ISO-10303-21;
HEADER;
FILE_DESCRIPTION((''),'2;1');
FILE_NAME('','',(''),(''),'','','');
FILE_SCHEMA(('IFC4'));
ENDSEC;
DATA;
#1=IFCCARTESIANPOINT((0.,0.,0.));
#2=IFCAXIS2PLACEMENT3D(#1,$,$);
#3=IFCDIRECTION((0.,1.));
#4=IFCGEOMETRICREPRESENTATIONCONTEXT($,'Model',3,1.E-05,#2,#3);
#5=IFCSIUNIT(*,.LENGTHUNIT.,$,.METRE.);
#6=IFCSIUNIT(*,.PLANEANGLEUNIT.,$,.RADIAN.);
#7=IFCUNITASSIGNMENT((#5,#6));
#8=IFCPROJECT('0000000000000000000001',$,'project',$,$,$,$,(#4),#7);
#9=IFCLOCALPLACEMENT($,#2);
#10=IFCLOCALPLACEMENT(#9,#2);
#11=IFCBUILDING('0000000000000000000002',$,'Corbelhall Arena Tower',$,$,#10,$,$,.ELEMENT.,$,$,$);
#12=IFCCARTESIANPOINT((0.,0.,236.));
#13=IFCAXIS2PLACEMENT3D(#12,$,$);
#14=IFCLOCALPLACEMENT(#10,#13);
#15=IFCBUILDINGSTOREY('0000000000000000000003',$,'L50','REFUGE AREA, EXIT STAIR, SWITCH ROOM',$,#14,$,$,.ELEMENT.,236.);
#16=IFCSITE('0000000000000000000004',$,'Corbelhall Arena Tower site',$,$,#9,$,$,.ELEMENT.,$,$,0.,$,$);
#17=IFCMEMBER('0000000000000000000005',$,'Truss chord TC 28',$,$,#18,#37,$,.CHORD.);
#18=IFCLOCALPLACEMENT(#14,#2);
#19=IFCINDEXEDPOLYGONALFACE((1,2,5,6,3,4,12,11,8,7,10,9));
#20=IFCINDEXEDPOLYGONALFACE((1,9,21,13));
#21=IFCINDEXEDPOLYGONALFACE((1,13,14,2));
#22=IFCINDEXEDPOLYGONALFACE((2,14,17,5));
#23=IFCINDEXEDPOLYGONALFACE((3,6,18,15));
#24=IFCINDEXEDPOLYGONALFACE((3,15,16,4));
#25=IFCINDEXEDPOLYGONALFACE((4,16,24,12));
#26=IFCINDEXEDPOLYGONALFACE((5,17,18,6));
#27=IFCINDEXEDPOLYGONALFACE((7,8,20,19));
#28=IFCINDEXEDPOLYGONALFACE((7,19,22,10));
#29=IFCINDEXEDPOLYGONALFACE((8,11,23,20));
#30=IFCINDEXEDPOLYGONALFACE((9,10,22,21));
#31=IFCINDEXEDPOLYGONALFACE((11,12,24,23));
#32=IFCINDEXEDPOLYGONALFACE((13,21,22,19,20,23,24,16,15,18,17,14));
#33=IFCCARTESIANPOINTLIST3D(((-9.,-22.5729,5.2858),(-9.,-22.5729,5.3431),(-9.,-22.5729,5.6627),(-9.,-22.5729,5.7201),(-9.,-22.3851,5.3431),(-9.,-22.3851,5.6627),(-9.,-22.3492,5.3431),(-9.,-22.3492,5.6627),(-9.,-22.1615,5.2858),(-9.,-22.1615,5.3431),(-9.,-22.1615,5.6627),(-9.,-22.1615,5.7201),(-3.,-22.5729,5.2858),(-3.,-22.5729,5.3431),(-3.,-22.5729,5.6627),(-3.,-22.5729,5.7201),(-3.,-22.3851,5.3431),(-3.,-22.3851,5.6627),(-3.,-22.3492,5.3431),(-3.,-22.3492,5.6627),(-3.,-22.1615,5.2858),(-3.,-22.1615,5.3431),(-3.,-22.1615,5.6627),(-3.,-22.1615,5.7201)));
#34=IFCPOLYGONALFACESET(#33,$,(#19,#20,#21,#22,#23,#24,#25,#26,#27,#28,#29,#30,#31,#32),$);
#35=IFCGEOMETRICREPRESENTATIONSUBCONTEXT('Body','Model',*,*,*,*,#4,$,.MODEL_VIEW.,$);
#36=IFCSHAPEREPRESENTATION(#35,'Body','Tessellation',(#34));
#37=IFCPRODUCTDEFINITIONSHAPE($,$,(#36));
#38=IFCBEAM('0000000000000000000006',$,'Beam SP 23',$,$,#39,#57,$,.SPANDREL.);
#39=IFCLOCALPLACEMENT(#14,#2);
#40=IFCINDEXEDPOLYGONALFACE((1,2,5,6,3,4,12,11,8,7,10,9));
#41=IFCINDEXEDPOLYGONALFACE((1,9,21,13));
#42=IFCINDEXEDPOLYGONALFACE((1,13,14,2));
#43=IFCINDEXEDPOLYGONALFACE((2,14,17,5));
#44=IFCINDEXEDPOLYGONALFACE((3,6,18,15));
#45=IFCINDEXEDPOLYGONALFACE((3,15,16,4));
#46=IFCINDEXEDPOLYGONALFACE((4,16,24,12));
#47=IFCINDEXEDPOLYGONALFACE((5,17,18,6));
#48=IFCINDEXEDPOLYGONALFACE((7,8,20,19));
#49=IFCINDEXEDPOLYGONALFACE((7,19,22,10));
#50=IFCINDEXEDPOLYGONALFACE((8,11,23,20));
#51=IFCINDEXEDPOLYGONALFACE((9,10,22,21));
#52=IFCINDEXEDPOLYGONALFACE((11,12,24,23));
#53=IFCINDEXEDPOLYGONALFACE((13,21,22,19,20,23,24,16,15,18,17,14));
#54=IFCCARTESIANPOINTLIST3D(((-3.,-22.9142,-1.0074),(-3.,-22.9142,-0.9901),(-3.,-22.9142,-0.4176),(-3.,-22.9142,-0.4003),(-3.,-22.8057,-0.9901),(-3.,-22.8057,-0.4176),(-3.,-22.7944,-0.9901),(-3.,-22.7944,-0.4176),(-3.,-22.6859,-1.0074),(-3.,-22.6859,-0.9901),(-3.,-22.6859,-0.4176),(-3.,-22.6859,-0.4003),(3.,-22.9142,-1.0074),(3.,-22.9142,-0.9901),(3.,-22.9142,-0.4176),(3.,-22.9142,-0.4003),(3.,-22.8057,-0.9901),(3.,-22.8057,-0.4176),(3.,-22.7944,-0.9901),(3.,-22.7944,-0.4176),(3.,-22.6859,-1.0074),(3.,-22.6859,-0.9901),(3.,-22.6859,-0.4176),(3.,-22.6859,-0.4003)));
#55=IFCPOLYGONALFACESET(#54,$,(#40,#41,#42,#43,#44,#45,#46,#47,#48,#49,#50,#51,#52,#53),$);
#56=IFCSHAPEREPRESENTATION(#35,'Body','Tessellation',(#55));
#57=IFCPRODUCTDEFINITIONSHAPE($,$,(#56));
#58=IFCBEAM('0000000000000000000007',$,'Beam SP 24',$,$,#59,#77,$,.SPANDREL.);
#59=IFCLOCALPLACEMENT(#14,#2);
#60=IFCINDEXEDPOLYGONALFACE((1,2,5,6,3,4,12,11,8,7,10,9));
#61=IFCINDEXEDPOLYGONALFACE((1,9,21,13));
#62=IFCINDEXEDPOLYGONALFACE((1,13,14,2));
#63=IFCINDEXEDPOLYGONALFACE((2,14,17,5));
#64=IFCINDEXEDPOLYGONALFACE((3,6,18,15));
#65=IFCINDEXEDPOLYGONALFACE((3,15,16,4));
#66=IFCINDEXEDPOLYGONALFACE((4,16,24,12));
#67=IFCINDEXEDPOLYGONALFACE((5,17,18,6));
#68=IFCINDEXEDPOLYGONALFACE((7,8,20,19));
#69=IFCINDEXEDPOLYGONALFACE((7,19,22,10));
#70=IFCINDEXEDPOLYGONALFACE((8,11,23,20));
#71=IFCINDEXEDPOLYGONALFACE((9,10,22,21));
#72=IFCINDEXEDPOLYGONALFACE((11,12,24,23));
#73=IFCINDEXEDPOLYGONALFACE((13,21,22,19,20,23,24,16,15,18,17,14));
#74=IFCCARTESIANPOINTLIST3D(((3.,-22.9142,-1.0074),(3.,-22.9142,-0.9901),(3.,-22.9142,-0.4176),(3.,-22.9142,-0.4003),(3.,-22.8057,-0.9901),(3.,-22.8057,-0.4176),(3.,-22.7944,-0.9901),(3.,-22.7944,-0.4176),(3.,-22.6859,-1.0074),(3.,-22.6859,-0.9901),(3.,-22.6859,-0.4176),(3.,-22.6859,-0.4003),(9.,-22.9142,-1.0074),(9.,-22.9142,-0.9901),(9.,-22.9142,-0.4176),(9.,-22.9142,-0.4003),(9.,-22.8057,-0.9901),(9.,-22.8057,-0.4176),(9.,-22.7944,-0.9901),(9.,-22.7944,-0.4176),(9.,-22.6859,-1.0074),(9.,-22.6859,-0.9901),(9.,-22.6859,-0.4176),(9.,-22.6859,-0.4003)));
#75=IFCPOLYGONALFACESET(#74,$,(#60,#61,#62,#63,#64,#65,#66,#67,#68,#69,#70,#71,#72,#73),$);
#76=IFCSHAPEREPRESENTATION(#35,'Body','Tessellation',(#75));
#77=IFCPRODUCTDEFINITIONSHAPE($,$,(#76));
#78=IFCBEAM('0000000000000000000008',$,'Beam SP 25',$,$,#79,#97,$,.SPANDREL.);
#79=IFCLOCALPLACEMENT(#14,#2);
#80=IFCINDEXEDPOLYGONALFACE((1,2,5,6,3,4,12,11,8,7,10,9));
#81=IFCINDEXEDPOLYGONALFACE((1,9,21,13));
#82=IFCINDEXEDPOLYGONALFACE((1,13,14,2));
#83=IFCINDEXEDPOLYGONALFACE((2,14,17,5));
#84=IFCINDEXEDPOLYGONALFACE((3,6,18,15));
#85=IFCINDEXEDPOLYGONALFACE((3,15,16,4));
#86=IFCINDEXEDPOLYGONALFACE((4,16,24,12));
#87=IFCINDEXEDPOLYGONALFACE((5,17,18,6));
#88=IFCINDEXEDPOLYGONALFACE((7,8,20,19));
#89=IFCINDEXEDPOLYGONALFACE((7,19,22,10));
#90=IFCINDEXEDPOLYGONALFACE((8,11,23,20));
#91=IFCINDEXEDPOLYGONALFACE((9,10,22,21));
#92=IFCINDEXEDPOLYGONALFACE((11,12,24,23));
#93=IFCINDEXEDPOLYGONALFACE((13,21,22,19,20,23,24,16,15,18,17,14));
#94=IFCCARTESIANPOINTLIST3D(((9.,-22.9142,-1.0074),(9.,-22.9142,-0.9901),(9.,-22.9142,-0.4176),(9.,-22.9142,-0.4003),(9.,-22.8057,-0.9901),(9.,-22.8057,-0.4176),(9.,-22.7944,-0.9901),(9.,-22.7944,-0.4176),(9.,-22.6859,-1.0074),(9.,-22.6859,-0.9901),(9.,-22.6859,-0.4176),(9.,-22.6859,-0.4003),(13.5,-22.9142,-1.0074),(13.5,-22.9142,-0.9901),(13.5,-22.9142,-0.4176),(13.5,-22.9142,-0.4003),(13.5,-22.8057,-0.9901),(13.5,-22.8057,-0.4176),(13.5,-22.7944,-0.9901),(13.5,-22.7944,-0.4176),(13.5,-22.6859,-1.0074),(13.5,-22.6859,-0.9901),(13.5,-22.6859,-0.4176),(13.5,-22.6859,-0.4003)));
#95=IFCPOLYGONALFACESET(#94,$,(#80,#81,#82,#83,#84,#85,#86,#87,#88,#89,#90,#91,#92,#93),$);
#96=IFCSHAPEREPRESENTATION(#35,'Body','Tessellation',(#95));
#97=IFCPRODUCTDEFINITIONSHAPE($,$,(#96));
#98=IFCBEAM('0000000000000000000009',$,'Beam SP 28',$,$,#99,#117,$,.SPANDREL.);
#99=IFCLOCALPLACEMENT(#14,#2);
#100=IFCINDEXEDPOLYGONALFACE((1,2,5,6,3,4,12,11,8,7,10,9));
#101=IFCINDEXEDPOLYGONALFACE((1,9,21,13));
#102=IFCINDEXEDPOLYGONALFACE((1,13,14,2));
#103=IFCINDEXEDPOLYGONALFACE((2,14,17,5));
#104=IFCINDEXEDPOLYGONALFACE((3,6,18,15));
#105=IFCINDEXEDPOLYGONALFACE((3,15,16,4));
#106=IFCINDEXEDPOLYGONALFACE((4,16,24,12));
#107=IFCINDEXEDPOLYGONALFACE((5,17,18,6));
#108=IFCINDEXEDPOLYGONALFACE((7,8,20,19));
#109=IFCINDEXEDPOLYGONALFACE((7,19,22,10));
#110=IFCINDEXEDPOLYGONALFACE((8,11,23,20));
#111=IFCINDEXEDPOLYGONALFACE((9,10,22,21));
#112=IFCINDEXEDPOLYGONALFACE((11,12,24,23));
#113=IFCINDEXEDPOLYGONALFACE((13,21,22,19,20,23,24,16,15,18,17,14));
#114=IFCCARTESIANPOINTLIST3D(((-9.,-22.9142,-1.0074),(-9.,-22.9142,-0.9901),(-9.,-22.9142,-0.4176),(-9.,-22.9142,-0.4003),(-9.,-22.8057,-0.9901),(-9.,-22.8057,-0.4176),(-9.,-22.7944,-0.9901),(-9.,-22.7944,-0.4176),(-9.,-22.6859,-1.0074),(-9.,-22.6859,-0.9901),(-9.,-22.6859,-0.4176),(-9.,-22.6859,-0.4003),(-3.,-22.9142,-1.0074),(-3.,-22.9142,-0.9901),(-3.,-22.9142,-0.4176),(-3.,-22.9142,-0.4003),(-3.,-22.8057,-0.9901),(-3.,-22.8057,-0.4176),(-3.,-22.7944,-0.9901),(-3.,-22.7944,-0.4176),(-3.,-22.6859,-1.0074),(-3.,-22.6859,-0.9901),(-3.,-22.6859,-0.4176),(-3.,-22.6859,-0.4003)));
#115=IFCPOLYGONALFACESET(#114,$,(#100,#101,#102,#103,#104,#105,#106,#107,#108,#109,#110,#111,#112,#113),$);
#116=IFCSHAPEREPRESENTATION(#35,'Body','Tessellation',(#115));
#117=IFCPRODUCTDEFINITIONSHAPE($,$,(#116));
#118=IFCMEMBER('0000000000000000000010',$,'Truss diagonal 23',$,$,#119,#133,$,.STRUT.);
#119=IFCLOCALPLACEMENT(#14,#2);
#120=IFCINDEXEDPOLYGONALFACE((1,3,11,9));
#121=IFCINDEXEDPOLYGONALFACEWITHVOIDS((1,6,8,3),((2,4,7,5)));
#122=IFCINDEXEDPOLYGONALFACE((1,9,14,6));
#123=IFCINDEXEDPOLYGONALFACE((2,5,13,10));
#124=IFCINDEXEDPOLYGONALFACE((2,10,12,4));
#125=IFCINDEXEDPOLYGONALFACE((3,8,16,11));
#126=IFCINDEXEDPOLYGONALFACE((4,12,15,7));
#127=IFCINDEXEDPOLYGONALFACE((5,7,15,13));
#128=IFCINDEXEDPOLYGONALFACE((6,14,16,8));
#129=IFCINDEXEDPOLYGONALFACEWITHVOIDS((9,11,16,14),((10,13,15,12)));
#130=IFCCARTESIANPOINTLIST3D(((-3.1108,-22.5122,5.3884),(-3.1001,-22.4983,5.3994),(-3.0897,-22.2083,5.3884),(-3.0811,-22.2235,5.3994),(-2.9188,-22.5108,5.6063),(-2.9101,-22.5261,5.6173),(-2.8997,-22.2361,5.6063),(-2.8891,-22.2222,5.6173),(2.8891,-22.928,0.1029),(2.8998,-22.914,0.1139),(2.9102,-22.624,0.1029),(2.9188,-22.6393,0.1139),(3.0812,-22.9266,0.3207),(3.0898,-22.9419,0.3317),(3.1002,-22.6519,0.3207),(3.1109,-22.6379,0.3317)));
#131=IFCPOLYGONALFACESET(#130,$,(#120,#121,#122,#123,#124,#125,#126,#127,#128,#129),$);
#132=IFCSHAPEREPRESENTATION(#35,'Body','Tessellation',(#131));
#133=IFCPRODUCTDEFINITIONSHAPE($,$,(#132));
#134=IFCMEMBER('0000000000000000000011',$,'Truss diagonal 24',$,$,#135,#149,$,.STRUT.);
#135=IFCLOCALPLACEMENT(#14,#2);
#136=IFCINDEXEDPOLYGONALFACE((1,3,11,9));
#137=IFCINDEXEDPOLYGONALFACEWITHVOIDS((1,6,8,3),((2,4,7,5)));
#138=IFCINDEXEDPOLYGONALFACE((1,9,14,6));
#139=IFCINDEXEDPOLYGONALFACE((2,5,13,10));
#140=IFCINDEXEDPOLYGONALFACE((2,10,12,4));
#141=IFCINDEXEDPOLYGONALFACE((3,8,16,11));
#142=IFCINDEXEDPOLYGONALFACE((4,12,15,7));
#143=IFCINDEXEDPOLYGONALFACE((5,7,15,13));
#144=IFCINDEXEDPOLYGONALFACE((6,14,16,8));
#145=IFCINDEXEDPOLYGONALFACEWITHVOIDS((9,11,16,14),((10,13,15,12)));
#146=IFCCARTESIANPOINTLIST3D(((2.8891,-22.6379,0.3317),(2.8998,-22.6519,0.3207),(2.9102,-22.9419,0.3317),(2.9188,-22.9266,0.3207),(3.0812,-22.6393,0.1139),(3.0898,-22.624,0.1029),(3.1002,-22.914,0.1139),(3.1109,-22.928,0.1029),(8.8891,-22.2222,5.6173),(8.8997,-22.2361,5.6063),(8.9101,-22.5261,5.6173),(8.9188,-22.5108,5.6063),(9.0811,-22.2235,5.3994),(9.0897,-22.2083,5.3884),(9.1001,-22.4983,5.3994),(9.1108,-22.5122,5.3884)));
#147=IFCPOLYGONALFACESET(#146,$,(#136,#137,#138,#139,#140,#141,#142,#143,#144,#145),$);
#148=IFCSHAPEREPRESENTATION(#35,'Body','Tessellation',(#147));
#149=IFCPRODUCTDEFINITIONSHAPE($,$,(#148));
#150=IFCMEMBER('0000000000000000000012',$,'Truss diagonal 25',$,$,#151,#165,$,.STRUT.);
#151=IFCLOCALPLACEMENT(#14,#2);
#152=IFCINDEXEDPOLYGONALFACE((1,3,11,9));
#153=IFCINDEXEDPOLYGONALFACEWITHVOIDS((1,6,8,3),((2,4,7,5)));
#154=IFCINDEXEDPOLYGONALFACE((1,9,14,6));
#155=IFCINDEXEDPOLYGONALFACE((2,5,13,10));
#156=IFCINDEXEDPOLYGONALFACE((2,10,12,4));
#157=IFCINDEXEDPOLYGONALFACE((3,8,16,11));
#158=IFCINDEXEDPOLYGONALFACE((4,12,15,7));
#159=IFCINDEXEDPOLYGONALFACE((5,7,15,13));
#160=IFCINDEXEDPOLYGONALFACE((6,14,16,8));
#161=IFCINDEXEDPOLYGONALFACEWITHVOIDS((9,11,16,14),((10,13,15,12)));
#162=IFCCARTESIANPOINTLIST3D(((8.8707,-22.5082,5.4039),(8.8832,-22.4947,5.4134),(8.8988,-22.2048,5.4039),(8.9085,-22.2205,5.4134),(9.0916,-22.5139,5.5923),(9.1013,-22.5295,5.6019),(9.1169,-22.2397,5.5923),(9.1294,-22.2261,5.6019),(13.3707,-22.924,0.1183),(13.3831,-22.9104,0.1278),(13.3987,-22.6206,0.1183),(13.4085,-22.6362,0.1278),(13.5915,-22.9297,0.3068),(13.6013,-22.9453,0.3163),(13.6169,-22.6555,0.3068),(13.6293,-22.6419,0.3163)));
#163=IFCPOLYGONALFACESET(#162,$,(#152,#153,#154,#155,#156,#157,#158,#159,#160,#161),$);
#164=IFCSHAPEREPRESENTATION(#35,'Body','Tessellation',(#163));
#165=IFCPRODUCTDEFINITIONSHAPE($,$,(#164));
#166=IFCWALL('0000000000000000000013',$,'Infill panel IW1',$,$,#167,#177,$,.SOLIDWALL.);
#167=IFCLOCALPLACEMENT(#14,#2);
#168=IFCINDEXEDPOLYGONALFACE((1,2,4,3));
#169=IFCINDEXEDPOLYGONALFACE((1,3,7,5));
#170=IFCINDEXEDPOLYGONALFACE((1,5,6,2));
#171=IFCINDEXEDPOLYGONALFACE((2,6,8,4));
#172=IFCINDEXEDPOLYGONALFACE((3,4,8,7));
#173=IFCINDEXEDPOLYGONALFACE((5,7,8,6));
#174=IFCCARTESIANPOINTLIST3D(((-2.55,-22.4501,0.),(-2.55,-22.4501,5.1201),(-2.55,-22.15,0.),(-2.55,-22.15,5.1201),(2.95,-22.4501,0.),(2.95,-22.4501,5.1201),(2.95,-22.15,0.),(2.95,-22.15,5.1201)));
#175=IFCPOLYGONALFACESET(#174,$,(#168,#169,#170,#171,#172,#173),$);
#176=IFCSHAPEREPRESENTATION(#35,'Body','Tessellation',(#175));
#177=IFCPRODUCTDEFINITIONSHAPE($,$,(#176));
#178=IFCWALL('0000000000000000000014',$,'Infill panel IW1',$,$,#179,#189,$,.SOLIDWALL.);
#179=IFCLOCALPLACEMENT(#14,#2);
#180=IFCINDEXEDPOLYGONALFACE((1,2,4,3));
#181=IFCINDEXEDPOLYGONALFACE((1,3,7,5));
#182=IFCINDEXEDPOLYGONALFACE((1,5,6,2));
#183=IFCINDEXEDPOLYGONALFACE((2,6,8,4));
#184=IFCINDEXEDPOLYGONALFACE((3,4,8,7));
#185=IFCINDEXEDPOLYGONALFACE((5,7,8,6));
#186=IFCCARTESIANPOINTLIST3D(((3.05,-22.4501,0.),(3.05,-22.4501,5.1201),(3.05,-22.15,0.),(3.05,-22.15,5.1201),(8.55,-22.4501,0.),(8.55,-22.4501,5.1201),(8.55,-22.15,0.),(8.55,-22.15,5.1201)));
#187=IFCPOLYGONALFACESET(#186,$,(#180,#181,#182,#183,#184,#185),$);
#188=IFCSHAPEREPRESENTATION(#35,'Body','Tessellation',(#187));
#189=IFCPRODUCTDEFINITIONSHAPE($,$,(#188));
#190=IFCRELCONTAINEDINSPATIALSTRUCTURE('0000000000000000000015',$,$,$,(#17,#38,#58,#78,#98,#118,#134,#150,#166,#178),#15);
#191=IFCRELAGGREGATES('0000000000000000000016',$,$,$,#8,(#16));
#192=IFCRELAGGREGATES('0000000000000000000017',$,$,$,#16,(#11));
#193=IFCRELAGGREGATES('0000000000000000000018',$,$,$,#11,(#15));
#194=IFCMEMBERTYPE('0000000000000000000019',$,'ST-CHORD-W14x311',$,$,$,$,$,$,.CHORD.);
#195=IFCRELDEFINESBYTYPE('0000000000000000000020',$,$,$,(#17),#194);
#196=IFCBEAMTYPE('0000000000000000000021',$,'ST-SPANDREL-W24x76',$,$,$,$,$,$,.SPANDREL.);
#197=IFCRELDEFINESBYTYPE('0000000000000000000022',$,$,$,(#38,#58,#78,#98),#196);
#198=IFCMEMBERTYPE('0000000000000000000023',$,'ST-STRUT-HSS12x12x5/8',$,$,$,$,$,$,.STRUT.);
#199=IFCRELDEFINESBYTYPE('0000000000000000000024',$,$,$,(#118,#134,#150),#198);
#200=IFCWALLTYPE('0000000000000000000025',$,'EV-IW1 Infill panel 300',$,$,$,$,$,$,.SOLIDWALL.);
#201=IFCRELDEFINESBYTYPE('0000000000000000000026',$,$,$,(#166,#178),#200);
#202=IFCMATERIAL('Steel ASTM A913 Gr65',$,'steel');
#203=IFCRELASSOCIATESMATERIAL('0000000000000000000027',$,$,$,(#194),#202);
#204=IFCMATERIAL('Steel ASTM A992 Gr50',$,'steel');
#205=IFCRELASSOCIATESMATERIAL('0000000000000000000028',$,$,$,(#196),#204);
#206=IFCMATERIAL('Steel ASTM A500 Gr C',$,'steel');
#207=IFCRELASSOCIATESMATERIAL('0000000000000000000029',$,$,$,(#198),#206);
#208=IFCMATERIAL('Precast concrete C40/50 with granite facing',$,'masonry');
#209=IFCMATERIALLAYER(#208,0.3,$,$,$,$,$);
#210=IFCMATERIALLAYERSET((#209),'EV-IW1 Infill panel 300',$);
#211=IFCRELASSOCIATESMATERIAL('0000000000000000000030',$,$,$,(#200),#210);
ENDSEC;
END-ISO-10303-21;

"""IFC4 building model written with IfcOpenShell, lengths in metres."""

from ifc_helpers import new_model, si_unit, direction, frame, frame_2d, origin, origin_2d, place, context, subcontext, project, spatial, rectangle, hollow_rectangle, i_section, extrude, material, layer, layer_set, material_profile, profile_set, type_object, element, save


model = new_model("IFC4")

# Units and contexts
model_context = context("Model", 3, precision=1e-05, world=origin(), true_north=direction((0.0, 1.0)))
body_context = subcontext(model_context, "Body", "Model", "MODEL_VIEW")
ifc_project = project(units=[si_unit("LENGTHUNIT", "METRE"), si_unit("PLANEANGLEUNIT", "RADIAN")], contexts=[model_context])

# Site, building, storey
site_placement = place(None, origin())
site = spatial("IfcSite", under=ifc_project, at=site_placement, Name="Corbelhall Arena Tower site", CompositionType="ELEMENT", RefElevation=0.0)
building_placement = place(site_placement, origin())
building = spatial("IfcBuilding", under=site, at=building_placement, Name="Corbelhall Arena Tower", CompositionType="ELEMENT")
storey_placement = place(building_placement, frame((0.0, 0.0, 236.0)))
storey = spatial("IfcBuildingStorey", under=building, at=storey_placement, Name="L50", Description="REFUGE AREA, EXIT STAIR, SWITCH ROOM", CompositionType="ELEMENT", Elevation=236.0)

# Member
ifc_material_1 = material(Name="Steel ASTM A913 Gr65", Category="steel")
ifc_material_profile_1 = material_profile(ifc_material_1, i_section(OverallWidth=0.4114, OverallDepth=0.4343, WebThickness=0.0359, FlangeThickness=0.0574, at=origin_2d()))
ifc_profile_set_1 = profile_set([ifc_material_profile_1], Name="Steel ASTM A913 Gr65")
member_type_1 = type_object("IfcMemberType", Name="ST-CHORD-W14x311", PredefinedType="CHORD", material=ifc_profile_set_1)
for number, where, z_axis, x_axis, name in (
    (1, (-3.0, -22.3672, 5.5029), (-1.0, 0.0, 0.0), (0.0, -1.0, 0.0), "Truss chord TC 28"),
):
    element("IfcMember", number, at=place(storey_placement, frame(where, z_axis=z_axis, x_axis=x_axis)), inside=storey, type_object=member_type_1, Name=name, PredefinedType="CHORD", context=body_context, shape_type="SweptSolid", body=[
        extrude(i_section(OverallWidth=0.4114, OverallDepth=0.4343, WebThickness=0.0359, FlangeThickness=0.0574, at=origin_2d()), origin(), (0.0, 0.0, 1.0), 6.0),
    ])

# Beams
ifc_material_2 = material(Name="Steel ASTM A992 Gr50", Category="steel")
ifc_material_profile_2 = material_profile(ifc_material_2, i_section(OverallWidth=0.2283, OverallDepth=0.6072, WebThickness=0.0112, FlangeThickness=0.0173, at=origin_2d()))
ifc_profile_set_2 = profile_set([ifc_material_profile_2], Name="Steel ASTM A992 Gr50")
beam_type = type_object("IfcBeamType", Name="ST-SPANDREL-W24x76", PredefinedType="SPANDREL", material=ifc_profile_set_2)
for number, where, z_axis, x_axis, name in (
    (2, (3.0, -22.8, -0.7039), (-1.0, 0.0, 0.0), (0.0, -1.0, 0.0), "Beam SP 23"),
    (3, (9.0, -22.8, -0.7039), (-1.0, 0.0, 0.0), (0.0, -1.0, 0.0), "Beam SP 24"),
):
    element("IfcBeam", number, at=place(storey_placement, frame(where, z_axis=z_axis, x_axis=x_axis)), inside=storey, type_object=beam_type, Name=name, PredefinedType="SPANDREL", context=body_context, shape_type="SweptSolid", body=[
        extrude(i_section(OverallWidth=0.2283, OverallDepth=0.6072, WebThickness=0.0112, FlangeThickness=0.0173, at=origin_2d()), origin(), (0.0, 0.0, 1.0), 6.0),
    ])
beam_1_placement = place(storey_placement, frame((13.5, -22.8, -0.7039), z_axis=(-1.0, 0.0, 0.0), x_axis=(0.0, -1.0, 0.0)))
element("IfcBeam", 4, at=beam_1_placement, inside=storey, type_object=beam_type, Name="Beam SP 25", PredefinedType="SPANDREL", context=body_context, shape_type="SweptSolid", body=[
    extrude(i_section(OverallWidth=0.2283, OverallDepth=0.6072, WebThickness=0.0112, FlangeThickness=0.0173, at=origin_2d()), origin(), (0.0, 0.0, 1.0), 4.5),
])
beam_2_placement = place(storey_placement, frame((-3.0, -22.8, -0.7039), z_axis=(-1.0, 0.0, 0.0), x_axis=(0.0, -1.0, 0.0)))
element("IfcBeam", 5, at=beam_2_placement, inside=storey, type_object=beam_type, Name="Beam SP 28", PredefinedType="SPANDREL", context=body_context, shape_type="SweptSolid", body=[
    extrude(i_section(OverallWidth=0.2283, OverallDepth=0.6072, WebThickness=0.0112, FlangeThickness=0.0173, at=origin_2d()), origin(), (0.0, 0.0, 1.0), 6.0),
])

# Members
ifc_material_3 = material(Name="Steel ASTM A500 Gr C", Category="steel")
ifc_material_profile_3 = material_profile(ifc_material_3, hollow_rectangle(XDim=0.3047, YDim=0.3047, WallThickness=0.0146, at=origin_2d()))
ifc_profile_set_3 = profile_set([ifc_material_profile_3], Name="Steel ASTM A500 Gr C")
member_type_2 = type_object("IfcMemberType", Name="ST-STRUT-HSS12x12x5/8", PredefinedType="STRUT", material=ifc_profile_set_3)
for number, where, z_axis, x_axis, name in (
    (6, (3.0, -22.783, 0.2173), (-0.749351, 0.051926, 0.660134), (-0.069129, -0.997608, 0.0), "Truss diagonal 23"),
    (7, (3.0, -22.783, 0.2173), (0.749351, 0.051926, 0.660134), (-0.069129, 0.997608, 0.0), "Truss diagonal 24"),
):
    element("IfcMember", number, at=place(storey_placement, frame(where, z_axis=z_axis, x_axis=x_axis)), inside=storey, type_object=member_type_2, Name=name, PredefinedType="STRUT", context=body_context, shape_type="SweptSolid", body=[
        extrude(hollow_rectangle(XDim=0.3047, YDim=0.3047, WallThickness=0.0146, at=origin_2d()), origin(), (0.0, 0.0, 1.0), 8.0068),
    ])
member_1_placement = place(storey_placement, frame((13.5, -22.783, 0.2173), z_axis=(-0.647091, 0.059787, 0.760065), x_axis=(-0.092002, -0.995759, 0.0)))
element("IfcMember", 8, at=member_1_placement, inside=storey, type_object=member_type_2, Name="Truss diagonal 25", PredefinedType="STRUT", context=body_context, shape_type="SweptSolid", body=[
    extrude(hollow_rectangle(XDim=0.3047, YDim=0.3047, WallThickness=0.0146, at=origin_2d()), origin(), (0.0, 0.0, 1.0), 6.9541),
])

# Walls
ifc_material_4 = material(Name="Precast concrete C40/50 with granite facing", Category="masonry")
ifc_layer_1 = layer(ifc_material_4, 0.3)
ifc_layer_set_1 = layer_set([ifc_layer_1], Name="EV-IW1 Infill panel 300")
wall_type_1 = type_object("IfcWallType", Name="EV-IW1 Infill panel 300", PredefinedType="SOLIDWALL", material=ifc_layer_set_1)
for number, where, z_axis, x_axis, name in (
    (9, (-2.55, -22.3, 0.0), (0.0, 0.0, 1.0), (1.0, 0.0, 0.0), "Infill panel IW1"),
    (10, (3.05, -22.3, 0.0), (0.0, 0.0, 1.0), (1.0, 0.0, 0.0), "Infill panel IW1"),
):
    element("IfcWall", number, at=place(storey_placement, frame(where, z_axis=z_axis, x_axis=x_axis)), inside=storey, type_object=wall_type_1, Name=name, PredefinedType="SOLIDWALL", context=body_context, shape_type="SweptSolid", body=[
        extrude(rectangle(XDim=5.5, YDim=0.3, at=frame_2d((2.75, 0.0))), origin(), (0.0, 0.0, 1.0), 5.1201),
    ])

save(model, "model.ifc")
